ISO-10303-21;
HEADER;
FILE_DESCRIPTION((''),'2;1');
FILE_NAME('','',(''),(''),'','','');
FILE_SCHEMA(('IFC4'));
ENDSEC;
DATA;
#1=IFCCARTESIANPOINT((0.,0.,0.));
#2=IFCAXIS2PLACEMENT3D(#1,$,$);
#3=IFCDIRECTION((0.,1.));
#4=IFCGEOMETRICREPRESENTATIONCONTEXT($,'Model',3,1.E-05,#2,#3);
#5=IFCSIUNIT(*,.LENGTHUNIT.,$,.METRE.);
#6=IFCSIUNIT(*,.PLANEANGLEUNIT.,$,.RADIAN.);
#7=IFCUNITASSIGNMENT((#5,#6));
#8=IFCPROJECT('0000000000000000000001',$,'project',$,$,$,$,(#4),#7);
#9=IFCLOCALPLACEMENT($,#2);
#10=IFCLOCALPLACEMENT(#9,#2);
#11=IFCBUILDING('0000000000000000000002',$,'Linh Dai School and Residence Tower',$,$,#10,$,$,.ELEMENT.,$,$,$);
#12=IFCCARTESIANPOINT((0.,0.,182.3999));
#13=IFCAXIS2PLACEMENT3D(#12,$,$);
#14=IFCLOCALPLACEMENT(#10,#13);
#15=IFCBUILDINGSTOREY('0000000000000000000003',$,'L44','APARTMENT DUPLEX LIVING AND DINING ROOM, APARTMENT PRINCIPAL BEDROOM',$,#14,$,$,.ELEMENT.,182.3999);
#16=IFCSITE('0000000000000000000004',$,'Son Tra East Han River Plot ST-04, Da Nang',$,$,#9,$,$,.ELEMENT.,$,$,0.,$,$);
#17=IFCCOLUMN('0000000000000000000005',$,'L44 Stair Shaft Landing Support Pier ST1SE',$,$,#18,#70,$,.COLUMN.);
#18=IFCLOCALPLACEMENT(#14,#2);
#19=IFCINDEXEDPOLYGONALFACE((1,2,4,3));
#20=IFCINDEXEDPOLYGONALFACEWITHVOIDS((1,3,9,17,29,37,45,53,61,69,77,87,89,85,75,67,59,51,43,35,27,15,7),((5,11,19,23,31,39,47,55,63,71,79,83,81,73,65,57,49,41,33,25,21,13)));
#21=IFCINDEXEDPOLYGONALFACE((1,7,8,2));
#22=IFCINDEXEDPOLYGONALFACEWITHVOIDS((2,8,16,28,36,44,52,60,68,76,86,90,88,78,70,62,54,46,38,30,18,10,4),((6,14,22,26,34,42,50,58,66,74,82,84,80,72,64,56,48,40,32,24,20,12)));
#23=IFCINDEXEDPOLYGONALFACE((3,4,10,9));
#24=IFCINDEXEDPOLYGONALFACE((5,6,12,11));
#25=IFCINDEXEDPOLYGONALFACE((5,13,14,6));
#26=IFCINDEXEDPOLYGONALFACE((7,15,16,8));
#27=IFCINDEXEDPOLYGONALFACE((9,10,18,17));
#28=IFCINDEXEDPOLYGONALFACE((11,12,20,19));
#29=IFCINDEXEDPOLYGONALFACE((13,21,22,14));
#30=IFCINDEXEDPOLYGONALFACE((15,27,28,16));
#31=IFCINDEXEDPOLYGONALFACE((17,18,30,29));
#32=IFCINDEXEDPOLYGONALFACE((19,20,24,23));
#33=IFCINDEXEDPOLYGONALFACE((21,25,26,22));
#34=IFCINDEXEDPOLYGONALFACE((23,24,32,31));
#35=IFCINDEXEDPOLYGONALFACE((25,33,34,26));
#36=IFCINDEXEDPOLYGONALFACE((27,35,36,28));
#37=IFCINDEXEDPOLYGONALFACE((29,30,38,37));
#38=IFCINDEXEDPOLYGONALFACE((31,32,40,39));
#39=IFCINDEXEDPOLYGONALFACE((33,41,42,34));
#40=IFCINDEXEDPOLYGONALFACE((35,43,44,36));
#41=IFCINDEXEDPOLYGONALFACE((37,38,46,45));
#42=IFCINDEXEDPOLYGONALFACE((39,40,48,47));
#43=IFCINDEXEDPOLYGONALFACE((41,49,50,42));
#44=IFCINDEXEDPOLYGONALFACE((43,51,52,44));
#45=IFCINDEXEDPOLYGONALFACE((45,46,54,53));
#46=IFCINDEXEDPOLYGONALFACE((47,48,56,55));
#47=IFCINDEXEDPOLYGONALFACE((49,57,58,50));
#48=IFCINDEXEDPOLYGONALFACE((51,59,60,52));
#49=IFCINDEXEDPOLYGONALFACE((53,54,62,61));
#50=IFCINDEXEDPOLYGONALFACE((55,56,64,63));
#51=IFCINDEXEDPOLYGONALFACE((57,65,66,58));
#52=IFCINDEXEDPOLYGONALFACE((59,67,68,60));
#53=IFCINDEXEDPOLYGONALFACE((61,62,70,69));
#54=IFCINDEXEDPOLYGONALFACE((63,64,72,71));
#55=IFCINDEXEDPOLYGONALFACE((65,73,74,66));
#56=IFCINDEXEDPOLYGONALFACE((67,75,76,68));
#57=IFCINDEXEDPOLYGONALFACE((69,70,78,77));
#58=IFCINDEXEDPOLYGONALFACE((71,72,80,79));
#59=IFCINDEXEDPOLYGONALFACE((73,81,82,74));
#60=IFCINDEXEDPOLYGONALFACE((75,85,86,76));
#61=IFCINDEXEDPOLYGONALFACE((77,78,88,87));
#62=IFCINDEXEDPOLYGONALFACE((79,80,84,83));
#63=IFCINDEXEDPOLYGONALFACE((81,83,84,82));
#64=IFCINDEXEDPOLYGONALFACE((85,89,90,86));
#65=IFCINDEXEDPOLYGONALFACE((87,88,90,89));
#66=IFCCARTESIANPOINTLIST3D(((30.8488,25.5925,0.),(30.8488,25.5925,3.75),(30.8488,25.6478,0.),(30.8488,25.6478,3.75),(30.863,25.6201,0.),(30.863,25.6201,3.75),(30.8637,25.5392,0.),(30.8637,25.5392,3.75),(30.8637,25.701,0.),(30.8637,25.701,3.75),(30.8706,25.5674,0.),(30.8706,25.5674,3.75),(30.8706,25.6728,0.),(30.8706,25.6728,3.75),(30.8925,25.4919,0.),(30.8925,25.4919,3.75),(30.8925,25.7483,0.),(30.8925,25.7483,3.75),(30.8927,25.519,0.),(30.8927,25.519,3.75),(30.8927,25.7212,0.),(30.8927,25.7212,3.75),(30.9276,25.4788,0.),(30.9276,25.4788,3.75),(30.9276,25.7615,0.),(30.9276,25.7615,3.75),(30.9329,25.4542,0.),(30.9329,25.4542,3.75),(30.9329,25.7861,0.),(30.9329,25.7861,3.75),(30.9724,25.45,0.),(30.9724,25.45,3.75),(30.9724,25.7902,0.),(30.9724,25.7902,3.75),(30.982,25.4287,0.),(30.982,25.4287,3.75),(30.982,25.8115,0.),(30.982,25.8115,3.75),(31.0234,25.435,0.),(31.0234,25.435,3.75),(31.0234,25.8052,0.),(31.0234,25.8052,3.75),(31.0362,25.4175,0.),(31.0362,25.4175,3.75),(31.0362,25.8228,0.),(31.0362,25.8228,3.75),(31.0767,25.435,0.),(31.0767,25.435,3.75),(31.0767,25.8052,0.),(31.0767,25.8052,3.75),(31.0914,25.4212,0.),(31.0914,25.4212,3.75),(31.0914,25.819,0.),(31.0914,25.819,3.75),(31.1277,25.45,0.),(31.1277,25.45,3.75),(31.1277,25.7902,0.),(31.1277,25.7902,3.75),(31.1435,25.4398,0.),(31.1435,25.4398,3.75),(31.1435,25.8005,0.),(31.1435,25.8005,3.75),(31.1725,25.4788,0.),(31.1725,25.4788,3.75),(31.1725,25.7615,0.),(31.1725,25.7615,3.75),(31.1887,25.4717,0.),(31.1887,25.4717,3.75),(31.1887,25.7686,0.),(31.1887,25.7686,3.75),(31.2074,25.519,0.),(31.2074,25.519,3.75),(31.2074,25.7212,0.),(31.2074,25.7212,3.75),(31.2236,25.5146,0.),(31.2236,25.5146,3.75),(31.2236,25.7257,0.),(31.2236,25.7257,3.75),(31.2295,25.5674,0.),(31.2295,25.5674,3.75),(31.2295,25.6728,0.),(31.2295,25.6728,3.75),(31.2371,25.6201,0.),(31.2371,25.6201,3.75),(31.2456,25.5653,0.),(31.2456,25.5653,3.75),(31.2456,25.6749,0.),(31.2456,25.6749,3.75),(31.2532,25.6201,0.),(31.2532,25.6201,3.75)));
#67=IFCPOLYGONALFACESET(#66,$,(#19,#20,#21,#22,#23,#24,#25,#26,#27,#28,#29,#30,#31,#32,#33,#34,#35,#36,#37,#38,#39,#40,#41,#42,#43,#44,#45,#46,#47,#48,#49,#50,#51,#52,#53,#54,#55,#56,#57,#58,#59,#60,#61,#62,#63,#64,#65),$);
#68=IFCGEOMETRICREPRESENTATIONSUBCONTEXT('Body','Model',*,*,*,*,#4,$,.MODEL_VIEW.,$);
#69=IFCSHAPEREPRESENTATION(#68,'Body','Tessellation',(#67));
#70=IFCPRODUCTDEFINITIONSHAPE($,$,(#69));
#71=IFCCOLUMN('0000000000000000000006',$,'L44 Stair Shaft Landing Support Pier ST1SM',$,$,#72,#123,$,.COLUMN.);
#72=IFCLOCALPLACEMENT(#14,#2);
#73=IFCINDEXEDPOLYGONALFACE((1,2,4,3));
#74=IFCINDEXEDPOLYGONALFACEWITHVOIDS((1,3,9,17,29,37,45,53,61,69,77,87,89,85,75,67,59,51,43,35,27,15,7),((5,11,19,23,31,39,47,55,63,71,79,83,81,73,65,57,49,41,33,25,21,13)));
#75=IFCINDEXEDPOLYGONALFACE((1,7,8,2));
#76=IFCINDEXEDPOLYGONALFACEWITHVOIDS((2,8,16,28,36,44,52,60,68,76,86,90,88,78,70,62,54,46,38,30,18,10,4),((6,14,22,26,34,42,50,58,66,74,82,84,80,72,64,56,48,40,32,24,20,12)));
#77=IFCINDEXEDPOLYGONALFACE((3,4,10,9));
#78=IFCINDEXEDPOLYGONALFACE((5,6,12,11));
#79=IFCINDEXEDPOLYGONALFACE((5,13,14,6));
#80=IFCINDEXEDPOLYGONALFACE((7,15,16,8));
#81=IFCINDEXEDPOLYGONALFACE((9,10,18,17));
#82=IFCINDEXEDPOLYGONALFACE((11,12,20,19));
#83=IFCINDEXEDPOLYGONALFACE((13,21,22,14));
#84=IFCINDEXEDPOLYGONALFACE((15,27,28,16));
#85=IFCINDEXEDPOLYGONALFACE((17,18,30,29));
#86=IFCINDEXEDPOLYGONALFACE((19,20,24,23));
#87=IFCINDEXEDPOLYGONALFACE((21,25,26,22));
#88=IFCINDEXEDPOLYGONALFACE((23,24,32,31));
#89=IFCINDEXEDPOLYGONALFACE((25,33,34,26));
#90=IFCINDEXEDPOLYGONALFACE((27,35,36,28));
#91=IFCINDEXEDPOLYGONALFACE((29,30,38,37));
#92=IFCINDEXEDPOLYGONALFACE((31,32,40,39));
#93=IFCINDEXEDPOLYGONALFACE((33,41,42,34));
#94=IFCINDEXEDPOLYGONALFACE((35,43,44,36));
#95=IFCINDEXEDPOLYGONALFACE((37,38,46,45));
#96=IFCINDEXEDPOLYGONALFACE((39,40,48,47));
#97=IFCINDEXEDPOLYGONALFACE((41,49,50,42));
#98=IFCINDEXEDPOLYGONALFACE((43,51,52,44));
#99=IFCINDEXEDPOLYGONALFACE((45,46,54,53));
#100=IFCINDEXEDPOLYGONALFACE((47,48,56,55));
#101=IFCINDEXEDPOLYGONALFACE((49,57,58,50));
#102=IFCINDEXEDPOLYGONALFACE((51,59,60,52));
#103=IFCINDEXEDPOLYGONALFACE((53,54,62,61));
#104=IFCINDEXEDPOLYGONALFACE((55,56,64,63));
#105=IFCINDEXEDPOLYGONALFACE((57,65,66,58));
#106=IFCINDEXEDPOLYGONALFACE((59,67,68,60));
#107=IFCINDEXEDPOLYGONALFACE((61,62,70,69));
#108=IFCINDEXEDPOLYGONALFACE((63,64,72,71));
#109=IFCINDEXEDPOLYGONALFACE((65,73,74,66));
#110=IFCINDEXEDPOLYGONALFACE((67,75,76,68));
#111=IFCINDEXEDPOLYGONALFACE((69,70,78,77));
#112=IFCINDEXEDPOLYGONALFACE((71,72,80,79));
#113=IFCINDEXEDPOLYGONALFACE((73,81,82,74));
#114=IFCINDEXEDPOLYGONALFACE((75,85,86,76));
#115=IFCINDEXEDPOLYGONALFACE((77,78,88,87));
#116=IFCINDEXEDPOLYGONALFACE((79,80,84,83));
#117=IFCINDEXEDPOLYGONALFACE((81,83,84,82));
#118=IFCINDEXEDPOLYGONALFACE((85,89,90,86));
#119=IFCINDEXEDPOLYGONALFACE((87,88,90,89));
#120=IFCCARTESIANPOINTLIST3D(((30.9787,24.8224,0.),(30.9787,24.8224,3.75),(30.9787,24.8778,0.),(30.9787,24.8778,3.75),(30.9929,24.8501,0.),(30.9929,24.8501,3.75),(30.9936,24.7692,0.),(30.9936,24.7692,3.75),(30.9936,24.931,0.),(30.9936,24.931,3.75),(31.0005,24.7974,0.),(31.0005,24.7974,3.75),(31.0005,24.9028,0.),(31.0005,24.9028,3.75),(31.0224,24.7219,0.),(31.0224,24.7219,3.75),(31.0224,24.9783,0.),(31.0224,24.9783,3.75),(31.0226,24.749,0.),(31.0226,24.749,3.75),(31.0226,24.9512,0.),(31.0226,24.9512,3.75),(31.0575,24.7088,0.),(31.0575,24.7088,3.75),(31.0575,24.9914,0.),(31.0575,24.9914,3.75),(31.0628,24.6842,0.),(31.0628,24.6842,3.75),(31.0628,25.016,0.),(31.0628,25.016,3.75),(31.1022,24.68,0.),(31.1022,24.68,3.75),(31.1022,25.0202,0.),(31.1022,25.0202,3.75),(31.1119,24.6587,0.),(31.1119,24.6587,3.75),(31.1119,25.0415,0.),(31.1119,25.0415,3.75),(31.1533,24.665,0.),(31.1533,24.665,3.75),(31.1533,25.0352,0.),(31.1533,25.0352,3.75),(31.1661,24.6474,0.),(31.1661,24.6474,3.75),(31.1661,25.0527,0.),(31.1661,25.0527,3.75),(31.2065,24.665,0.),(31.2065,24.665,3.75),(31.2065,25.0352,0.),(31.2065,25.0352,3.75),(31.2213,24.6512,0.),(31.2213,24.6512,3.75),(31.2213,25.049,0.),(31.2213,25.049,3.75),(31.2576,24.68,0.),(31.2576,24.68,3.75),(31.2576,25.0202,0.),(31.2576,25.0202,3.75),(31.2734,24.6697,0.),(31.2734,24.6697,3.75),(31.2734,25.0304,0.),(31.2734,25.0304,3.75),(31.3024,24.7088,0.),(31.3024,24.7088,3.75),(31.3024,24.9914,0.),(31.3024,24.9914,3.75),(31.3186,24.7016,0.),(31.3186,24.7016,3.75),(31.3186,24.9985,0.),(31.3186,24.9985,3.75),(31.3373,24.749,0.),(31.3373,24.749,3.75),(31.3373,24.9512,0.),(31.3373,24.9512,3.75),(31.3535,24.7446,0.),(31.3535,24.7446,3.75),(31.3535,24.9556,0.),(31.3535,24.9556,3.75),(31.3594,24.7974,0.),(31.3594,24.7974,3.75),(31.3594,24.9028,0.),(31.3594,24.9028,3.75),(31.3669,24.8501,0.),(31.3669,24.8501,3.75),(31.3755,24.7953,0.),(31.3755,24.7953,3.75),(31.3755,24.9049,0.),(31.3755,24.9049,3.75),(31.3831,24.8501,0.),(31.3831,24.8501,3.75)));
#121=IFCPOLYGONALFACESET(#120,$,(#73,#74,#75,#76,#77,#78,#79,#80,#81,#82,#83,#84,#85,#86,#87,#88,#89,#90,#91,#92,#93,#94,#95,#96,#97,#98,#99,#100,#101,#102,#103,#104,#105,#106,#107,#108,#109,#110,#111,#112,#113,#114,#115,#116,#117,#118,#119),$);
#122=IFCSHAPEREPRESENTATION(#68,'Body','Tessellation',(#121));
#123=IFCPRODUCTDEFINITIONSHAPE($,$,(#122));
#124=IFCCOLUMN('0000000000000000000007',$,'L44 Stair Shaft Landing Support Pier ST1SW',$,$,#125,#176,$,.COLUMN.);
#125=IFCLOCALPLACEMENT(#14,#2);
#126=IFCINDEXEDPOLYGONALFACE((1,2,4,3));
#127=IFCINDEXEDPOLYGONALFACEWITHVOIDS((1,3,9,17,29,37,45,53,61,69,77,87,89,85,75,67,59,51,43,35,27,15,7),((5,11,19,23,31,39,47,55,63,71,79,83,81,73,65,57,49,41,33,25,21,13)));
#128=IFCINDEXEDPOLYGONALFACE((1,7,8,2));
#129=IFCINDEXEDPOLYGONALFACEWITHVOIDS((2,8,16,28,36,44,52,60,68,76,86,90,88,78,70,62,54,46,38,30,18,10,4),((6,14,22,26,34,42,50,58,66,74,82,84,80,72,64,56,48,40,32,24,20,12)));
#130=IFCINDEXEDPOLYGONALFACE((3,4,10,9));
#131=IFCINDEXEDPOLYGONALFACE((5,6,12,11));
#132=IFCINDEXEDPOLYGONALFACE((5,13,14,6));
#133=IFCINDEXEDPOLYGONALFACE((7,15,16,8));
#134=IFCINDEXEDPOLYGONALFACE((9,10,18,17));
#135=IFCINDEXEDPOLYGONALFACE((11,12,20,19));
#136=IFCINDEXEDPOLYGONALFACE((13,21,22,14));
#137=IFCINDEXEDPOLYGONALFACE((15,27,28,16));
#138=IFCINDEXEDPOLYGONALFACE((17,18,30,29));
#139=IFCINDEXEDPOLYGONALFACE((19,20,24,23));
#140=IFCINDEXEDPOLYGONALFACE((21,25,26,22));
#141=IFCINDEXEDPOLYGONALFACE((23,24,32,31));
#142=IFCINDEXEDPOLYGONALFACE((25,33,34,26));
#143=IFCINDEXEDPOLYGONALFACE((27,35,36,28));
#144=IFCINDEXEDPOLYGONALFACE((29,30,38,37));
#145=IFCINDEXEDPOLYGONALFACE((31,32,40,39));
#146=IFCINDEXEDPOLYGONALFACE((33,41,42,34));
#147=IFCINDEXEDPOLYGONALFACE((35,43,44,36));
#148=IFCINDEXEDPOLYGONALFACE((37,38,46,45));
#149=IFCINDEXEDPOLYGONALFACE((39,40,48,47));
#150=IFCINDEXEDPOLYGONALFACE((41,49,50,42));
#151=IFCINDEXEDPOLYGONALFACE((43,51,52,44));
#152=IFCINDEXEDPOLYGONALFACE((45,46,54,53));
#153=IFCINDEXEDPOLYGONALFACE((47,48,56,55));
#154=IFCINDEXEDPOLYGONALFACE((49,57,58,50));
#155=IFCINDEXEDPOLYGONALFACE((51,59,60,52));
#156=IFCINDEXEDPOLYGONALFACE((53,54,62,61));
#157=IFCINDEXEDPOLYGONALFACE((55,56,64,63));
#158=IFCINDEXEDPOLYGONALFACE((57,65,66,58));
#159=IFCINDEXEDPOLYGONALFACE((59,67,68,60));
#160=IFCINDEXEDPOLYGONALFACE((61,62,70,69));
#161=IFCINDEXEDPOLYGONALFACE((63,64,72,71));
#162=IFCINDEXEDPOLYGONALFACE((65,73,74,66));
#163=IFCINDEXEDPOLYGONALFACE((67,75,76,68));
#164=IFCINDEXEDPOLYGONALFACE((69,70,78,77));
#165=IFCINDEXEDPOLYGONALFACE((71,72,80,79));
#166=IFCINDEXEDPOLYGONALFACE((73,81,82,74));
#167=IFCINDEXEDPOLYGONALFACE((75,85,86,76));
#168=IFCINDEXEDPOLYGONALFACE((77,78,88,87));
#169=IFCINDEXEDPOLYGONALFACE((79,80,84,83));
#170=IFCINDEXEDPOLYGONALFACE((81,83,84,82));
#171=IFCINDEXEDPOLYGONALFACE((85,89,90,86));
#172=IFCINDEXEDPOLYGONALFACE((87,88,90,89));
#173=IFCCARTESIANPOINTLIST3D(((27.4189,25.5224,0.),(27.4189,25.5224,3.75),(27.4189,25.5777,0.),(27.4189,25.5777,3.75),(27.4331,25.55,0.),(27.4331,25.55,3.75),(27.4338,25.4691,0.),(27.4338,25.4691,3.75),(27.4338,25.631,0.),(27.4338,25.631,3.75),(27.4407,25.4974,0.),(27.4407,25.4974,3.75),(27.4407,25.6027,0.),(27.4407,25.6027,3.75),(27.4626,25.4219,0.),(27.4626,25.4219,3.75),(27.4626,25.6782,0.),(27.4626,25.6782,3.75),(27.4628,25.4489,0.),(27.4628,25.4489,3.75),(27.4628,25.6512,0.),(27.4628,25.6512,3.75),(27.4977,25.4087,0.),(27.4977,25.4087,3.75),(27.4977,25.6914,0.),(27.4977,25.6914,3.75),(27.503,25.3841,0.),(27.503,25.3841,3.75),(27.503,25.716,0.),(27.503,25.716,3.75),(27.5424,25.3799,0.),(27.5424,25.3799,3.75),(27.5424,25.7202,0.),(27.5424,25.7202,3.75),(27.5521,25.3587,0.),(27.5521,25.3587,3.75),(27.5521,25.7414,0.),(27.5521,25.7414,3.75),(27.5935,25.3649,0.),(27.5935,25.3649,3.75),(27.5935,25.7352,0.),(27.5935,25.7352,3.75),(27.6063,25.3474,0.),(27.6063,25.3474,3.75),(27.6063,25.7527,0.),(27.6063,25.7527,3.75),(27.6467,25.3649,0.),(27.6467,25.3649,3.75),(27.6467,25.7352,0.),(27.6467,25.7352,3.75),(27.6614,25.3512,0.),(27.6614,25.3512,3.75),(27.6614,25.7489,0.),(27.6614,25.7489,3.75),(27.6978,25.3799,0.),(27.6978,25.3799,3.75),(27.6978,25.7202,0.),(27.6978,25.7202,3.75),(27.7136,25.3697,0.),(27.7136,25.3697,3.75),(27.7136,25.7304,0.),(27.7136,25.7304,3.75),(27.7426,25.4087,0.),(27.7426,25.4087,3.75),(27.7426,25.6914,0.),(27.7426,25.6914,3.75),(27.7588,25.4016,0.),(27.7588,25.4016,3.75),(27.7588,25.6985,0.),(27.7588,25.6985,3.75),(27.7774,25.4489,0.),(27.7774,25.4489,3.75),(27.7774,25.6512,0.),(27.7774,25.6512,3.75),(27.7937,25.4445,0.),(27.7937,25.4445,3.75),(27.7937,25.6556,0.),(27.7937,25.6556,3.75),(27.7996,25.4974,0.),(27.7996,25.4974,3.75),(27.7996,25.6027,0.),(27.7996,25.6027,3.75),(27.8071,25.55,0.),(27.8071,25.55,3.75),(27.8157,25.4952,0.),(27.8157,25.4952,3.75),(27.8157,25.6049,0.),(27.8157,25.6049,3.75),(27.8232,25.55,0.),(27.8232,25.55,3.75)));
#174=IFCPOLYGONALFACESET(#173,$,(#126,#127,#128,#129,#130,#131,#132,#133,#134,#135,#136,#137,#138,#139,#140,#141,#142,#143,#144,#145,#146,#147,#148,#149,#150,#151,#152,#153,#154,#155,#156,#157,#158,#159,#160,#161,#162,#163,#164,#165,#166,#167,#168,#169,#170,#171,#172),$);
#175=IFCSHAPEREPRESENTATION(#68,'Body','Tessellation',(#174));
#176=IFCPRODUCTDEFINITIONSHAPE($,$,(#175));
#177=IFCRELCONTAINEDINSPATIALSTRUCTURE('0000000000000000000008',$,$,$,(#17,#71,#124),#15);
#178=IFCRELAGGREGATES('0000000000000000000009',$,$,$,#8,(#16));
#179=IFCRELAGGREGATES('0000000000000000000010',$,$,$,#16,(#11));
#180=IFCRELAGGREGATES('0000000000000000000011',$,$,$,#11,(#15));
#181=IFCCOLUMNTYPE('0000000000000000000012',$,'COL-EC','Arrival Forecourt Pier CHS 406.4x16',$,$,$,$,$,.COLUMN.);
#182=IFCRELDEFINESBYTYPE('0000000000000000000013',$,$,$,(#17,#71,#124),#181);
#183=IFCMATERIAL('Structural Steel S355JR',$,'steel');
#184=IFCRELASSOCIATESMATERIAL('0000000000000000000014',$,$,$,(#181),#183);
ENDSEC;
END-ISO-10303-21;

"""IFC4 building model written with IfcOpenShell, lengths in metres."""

from ifc_helpers import new_model, si_unit, direction, frame, origin, origin_2d, place, context, subcontext, project, spatial, hollow_circle, extrude, material, material_profile, profile_set, type_object, element, save


model = new_model("IFC4")

# Units and contexts
model_context = context("Model", 3, precision=1e-05, world=origin(), true_north=direction((0.0, 1.0)))
body_context = subcontext(model_context, "Body", "Model", "MODEL_VIEW")
ifc_project = project(units=[si_unit("LENGTHUNIT", "METRE"), si_unit("PLANEANGLEUNIT", "RADIAN")], contexts=[model_context])

# Site, building, storey
site_placement = place(None, origin())
site = spatial("IfcSite", under=ifc_project, at=site_placement, Name="Son Tra East Han River Plot ST-04, Da Nang", CompositionType="ELEMENT", RefElevation=0.0)
building_placement = place(site_placement, origin())
building = spatial("IfcBuilding", under=site, at=building_placement, Name="Linh Dai School and Residence Tower", CompositionType="ELEMENT")
storey_placement = place(building_placement, frame((0.0, 0.0, 182.3999)))
storey = spatial("IfcBuildingStorey", under=building, at=storey_placement, Name="L44", Description="APARTMENT DUPLEX LIVING AND DINING ROOM, APARTMENT PRINCIPAL BEDROOM", CompositionType="ELEMENT", Elevation=182.3999)

# Columns
ifc_material_1 = material(Name="Structural Steel S355JR", Category="steel")
ifc_material_profile_1 = material_profile(ifc_material_1, hollow_circle(Radius=0.2031, WallThickness=0.0161, at=origin_2d()), Name="CHS 406.4x16")
ifc_profile_set_1 = profile_set([ifc_material_profile_1], Name="Structural Steel S355JR")
column_type_1 = type_object("IfcColumnType", Name="COL-EC", Description="Arrival Forecourt Pier CHS 406.4x16", PredefinedType="COLUMN", material=ifc_profile_set_1)
for number, where, z_axis, x_axis, name in (
    (1, (31.05, 25.6201, 0.0), (0.0, 0.0, 1.0), (1.0, 0.0, 0.0), "L44 Stair Shaft Landing Support Pier ST1SE"),
    (2, (31.1799, 24.8501, 0.0), (0.0, 0.0, 1.0), (1.0, 0.0, 0.0), "L44 Stair Shaft Landing Support Pier ST1SM"),
    (3, (27.6201, 25.55, 0.0), (0.0, 0.0, 1.0), (1.0, 0.0, 0.0), "L44 Stair Shaft Landing Support Pier ST1SW"),
):
    element("IfcColumn", number, at=place(storey_placement, frame(where, z_axis=z_axis, x_axis=x_axis)), inside=storey, type_object=column_type_1, Name=name, PredefinedType="COLUMN", context=body_context, shape_type="SweptSolid", body=[
        extrude(hollow_circle(Radius=0.2031, WallThickness=0.0161, at=origin_2d()), origin(), (0.0, 0.0, 1.0), 3.75),
    ])

save(model, "model.ifc")
